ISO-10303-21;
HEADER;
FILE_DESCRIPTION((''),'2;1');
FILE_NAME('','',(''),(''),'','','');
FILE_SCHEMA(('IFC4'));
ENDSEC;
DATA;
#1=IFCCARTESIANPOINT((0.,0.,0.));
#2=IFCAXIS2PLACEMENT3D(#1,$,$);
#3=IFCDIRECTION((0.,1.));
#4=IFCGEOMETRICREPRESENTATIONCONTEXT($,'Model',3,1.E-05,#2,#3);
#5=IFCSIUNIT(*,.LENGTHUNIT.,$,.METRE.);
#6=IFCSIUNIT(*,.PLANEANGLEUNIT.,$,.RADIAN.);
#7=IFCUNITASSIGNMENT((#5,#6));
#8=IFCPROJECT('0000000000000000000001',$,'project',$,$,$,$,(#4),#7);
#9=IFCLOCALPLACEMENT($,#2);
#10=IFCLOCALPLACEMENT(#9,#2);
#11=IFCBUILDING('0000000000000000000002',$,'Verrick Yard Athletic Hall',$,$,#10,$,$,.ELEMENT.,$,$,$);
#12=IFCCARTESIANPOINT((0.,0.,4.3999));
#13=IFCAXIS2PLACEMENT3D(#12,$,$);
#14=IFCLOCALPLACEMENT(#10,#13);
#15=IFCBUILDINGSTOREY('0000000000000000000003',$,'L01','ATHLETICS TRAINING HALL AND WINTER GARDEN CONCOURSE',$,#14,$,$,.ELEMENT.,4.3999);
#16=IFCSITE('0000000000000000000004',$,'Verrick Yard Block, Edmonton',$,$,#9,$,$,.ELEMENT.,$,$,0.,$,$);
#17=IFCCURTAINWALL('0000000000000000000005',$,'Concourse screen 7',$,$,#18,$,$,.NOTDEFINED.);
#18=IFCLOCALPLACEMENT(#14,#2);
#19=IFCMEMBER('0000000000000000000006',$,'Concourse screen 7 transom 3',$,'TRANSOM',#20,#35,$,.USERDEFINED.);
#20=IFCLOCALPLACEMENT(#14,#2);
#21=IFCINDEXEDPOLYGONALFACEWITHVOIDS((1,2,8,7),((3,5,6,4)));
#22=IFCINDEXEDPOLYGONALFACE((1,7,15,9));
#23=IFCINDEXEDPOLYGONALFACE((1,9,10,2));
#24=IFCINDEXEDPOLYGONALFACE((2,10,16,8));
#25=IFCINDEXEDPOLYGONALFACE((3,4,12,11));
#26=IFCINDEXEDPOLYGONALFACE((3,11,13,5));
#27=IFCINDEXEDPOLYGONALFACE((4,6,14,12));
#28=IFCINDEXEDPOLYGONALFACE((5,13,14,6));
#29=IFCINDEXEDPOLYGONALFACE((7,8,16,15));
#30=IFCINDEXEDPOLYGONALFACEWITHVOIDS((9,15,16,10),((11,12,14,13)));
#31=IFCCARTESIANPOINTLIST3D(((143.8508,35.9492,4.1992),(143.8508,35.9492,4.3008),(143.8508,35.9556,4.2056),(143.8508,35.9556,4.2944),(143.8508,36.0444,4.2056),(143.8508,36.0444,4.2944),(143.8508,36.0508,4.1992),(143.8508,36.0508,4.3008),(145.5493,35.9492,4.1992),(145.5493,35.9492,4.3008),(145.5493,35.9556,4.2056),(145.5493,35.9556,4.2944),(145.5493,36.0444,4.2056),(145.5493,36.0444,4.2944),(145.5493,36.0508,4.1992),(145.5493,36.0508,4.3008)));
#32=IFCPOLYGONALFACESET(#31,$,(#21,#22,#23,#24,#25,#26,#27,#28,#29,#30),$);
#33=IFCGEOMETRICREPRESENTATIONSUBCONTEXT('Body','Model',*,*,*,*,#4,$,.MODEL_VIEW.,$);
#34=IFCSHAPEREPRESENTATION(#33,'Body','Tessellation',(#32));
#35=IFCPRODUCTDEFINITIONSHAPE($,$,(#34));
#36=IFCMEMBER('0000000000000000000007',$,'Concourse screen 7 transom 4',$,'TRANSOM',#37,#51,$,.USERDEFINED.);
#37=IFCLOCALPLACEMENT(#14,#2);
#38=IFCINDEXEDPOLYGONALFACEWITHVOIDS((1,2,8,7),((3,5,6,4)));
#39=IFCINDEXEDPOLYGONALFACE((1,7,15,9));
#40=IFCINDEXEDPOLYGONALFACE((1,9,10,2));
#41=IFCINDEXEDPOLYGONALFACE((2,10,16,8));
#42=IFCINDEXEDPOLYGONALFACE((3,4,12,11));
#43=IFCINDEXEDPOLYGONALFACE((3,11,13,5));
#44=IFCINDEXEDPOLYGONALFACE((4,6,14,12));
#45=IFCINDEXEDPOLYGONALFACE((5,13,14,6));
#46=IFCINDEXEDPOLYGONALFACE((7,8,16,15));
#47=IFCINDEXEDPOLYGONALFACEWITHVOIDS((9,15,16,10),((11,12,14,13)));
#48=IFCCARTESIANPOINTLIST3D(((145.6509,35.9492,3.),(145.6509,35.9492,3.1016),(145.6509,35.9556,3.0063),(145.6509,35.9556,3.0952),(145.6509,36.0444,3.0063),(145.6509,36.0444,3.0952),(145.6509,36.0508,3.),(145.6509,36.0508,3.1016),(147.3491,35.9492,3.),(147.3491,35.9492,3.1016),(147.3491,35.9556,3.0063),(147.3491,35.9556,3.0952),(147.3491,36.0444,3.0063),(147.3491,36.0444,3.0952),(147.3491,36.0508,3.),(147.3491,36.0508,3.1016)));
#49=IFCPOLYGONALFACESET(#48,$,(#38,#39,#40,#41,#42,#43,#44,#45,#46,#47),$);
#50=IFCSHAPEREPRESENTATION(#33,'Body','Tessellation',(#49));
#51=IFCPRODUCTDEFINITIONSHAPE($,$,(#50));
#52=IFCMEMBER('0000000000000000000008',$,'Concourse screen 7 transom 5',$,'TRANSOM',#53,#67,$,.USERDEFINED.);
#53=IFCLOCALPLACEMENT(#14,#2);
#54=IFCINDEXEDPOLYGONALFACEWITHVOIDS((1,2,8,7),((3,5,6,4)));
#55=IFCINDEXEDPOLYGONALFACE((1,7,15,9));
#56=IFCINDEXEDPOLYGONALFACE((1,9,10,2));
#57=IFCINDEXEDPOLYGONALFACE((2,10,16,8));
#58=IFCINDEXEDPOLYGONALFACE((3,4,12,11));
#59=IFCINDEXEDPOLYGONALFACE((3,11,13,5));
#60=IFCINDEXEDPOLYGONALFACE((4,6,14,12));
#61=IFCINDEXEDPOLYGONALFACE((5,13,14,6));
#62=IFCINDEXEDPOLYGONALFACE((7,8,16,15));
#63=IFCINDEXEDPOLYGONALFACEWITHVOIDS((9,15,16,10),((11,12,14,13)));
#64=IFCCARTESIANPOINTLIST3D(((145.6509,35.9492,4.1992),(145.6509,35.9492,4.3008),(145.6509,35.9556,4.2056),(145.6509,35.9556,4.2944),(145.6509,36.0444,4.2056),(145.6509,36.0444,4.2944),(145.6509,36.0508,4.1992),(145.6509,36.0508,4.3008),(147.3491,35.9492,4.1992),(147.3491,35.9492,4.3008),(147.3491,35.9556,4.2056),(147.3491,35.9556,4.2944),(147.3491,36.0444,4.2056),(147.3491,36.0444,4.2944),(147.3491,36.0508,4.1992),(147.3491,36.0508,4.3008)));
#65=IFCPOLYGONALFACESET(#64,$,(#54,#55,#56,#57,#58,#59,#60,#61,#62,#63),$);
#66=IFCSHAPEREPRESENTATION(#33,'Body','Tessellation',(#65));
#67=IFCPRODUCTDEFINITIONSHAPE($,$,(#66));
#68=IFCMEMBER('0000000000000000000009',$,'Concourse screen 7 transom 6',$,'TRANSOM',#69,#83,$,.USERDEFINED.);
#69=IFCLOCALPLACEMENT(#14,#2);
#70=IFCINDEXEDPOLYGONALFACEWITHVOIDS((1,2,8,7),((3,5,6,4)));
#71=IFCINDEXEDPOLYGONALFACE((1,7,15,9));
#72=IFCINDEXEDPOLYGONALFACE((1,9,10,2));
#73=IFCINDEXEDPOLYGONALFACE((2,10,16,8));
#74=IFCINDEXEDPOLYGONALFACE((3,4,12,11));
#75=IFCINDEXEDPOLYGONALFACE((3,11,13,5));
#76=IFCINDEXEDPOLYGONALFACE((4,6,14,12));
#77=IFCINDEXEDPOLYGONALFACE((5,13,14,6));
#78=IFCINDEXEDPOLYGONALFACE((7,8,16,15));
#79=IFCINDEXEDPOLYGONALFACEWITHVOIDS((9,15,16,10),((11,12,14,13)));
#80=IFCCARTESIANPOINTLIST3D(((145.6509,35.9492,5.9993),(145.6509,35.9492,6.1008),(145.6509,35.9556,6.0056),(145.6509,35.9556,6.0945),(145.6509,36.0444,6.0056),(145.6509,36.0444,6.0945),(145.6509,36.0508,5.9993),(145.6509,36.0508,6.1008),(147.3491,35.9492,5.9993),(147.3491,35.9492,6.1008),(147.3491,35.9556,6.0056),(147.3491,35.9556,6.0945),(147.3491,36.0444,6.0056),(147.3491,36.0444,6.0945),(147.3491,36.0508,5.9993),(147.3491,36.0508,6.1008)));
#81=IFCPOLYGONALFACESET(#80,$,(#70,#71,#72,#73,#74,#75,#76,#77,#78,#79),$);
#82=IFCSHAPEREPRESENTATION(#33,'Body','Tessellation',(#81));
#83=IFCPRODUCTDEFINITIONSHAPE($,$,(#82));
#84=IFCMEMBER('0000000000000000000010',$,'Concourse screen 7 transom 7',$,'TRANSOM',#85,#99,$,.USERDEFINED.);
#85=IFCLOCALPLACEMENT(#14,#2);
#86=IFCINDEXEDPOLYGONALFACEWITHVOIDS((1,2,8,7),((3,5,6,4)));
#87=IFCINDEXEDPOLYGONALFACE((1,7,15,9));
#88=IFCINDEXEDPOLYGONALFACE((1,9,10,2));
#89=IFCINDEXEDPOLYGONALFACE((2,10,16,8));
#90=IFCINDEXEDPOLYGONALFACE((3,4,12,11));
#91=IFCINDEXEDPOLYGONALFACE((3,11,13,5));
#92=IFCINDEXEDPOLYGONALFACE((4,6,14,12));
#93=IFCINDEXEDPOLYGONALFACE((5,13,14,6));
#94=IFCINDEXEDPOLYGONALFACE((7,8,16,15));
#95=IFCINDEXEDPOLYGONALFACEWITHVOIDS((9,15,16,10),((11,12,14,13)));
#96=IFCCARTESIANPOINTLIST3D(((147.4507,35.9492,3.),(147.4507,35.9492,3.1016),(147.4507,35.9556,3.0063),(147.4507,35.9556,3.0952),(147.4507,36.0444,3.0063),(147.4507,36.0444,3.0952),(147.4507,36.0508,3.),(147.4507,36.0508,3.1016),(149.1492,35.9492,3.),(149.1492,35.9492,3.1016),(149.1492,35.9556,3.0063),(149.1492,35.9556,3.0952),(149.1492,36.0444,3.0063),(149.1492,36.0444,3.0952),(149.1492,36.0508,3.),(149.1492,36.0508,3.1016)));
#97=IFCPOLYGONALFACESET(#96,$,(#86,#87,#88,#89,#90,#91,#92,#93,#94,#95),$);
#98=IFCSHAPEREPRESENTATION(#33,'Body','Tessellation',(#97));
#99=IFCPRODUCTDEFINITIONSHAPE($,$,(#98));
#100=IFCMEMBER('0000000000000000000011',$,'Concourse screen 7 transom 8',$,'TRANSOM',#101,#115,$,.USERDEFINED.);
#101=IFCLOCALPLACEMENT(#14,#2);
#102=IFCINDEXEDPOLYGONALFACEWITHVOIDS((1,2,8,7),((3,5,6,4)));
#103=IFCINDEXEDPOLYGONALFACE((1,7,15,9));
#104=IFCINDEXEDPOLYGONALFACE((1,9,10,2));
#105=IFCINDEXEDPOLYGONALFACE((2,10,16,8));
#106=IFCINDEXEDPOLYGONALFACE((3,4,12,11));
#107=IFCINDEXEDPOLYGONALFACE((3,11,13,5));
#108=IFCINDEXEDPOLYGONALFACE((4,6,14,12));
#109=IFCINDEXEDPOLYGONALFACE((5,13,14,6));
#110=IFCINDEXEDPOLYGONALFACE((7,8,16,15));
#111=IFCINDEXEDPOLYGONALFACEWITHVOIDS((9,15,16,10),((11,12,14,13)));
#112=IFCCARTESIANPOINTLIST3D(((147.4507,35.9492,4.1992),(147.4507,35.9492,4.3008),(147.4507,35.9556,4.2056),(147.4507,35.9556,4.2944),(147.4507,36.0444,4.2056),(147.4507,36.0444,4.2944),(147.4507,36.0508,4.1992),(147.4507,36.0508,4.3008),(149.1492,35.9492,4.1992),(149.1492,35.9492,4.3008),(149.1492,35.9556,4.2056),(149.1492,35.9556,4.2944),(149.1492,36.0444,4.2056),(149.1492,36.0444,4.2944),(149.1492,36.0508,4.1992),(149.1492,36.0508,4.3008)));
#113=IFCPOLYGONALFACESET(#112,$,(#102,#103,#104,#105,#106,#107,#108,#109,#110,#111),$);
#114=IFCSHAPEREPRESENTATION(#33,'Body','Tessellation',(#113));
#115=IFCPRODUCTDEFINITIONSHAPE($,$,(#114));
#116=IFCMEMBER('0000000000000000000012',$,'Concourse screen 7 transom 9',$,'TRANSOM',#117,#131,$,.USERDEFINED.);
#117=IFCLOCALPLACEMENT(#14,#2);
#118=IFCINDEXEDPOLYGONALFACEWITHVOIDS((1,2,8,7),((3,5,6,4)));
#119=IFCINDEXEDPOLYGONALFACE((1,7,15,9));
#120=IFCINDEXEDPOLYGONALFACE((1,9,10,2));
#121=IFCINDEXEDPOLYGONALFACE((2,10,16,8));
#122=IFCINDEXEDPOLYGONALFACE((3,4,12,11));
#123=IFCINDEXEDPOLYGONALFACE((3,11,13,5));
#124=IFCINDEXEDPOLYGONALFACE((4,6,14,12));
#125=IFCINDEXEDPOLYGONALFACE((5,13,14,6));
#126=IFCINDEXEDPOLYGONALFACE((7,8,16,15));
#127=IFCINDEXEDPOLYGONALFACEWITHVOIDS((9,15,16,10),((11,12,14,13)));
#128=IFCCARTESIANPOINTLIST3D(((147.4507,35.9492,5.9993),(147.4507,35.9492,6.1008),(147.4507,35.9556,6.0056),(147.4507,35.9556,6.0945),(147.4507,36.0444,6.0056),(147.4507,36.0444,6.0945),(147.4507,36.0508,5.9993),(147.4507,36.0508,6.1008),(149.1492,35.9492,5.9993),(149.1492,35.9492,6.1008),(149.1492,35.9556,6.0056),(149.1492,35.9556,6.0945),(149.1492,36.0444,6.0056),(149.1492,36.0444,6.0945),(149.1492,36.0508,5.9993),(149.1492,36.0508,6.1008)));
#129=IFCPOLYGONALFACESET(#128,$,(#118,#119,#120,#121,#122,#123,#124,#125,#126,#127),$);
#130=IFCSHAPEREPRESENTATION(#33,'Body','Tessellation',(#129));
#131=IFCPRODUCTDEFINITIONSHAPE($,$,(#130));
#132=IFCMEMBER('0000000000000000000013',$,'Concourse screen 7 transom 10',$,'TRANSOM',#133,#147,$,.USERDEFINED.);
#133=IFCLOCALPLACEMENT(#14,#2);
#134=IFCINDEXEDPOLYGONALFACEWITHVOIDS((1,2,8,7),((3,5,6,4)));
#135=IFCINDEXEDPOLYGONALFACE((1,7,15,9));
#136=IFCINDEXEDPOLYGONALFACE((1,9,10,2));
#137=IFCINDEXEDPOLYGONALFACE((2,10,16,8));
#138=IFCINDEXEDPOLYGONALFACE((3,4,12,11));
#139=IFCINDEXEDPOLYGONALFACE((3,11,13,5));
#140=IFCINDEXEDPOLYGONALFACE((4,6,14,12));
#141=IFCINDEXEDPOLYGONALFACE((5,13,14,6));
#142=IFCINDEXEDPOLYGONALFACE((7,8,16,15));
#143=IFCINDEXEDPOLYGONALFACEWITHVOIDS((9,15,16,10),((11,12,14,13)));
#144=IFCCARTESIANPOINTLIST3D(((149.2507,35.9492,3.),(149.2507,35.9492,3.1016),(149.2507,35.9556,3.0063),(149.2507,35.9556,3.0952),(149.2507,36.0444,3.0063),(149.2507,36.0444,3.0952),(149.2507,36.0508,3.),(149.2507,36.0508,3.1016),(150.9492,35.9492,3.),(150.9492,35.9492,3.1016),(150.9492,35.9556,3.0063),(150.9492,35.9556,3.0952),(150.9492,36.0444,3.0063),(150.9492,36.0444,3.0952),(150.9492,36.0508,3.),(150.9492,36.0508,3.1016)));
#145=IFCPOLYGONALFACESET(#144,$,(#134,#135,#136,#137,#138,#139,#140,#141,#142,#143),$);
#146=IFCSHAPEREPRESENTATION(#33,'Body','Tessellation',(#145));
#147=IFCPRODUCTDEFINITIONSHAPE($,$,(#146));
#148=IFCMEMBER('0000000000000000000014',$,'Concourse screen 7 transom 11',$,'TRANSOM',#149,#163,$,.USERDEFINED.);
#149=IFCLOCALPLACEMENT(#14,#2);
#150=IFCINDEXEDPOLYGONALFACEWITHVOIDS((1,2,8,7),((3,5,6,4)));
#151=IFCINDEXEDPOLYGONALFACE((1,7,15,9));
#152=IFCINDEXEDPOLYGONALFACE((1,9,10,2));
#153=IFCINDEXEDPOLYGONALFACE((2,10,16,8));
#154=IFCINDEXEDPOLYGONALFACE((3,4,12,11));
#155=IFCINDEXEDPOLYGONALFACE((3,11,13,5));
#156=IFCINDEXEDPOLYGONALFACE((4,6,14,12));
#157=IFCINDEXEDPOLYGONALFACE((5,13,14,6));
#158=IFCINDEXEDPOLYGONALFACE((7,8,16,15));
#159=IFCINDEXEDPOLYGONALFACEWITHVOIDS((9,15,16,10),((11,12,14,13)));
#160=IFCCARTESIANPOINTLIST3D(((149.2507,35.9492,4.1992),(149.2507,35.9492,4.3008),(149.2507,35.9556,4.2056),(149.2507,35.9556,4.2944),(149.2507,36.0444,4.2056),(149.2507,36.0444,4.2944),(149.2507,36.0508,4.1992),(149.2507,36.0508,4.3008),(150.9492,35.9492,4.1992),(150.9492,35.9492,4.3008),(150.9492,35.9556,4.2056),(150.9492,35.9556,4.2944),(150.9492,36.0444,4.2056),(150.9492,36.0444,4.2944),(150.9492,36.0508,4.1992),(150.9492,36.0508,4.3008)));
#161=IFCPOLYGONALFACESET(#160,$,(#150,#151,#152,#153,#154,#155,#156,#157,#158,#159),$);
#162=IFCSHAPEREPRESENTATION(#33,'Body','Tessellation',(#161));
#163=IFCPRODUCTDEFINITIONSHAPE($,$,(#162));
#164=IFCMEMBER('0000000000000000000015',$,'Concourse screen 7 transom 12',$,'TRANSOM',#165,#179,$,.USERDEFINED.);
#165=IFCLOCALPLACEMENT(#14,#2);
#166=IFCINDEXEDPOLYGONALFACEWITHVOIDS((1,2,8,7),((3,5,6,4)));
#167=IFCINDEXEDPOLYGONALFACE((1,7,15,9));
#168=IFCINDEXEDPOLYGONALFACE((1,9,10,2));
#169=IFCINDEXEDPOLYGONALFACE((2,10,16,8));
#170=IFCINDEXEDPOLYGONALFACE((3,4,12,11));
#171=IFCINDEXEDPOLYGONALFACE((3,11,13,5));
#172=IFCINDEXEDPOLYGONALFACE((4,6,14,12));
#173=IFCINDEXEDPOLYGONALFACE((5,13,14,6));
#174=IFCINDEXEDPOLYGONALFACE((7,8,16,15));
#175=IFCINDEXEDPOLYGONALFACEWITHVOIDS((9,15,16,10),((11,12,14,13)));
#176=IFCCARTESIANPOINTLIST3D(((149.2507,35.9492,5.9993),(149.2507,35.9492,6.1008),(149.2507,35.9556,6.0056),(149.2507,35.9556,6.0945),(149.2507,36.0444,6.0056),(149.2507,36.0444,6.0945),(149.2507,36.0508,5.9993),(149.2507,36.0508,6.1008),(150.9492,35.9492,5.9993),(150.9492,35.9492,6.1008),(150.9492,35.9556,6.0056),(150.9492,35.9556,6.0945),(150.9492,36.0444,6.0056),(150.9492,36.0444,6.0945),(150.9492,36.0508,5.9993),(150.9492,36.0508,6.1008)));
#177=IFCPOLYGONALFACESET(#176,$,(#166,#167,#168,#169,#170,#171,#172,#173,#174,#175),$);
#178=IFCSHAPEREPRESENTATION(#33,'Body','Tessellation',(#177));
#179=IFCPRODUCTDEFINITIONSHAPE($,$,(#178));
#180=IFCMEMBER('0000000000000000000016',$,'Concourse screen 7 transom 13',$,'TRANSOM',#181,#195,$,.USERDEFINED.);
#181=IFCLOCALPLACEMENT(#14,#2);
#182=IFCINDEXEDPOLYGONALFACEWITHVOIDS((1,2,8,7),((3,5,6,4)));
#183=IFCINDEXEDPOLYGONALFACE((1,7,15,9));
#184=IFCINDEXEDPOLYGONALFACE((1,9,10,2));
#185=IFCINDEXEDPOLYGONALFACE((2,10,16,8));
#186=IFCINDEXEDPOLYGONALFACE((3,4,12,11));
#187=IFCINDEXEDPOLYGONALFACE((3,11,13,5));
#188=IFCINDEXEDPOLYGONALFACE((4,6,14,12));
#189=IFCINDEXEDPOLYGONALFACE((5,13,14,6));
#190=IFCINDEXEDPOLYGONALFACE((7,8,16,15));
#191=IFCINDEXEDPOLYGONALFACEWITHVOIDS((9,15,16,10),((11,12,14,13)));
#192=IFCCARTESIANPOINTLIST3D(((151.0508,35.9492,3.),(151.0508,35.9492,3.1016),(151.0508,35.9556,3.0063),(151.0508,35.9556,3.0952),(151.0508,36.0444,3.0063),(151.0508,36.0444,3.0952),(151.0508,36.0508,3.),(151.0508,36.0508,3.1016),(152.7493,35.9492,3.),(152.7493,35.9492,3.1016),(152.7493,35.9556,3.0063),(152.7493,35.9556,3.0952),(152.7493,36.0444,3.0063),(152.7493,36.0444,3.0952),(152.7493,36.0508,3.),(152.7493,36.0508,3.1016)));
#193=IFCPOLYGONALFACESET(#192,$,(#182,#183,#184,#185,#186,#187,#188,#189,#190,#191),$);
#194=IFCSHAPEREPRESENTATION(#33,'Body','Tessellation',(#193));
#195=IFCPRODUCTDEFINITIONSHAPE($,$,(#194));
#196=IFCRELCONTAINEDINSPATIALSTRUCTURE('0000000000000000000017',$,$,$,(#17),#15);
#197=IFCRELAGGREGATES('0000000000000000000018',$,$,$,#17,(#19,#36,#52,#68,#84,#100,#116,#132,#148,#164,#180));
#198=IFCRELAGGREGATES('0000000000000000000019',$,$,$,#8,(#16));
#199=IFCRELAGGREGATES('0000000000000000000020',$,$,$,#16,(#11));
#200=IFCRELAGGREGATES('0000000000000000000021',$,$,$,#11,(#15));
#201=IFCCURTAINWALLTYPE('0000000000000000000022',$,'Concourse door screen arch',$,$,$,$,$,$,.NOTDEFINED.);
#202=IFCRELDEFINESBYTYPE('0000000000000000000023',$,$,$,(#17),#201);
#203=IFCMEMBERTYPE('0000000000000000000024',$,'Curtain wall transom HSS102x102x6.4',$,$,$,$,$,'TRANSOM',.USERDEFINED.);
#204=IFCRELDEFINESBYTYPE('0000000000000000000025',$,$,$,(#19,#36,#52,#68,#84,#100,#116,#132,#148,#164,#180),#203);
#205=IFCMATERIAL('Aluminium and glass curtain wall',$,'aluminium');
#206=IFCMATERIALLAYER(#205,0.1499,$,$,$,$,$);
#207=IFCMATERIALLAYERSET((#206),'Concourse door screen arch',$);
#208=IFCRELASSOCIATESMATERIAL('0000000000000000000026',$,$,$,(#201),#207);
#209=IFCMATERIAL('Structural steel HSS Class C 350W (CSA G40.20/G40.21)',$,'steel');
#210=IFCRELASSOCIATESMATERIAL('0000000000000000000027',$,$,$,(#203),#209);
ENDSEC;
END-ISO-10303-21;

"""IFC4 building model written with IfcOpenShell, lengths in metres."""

from ifc_helpers import new_model, si_unit, direction, frame, origin, origin_2d, place, context, subcontext, project, spatial, hollow_rectangle, extrude, material, layer, layer_set, material_profile, profile_set, type_object, element, aggregate, save


model = new_model("IFC4")

# Units and contexts
model_context = context("Model", 3, precision=1e-05, world=origin(), true_north=direction((0.0, 1.0)))
body_context = subcontext(model_context, "Body", "Model", "MODEL_VIEW")
ifc_project = project(units=[si_unit("LENGTHUNIT", "METRE"), si_unit("PLANEANGLEUNIT", "RADIAN")], contexts=[model_context])

# Site, building, storey
site_placement = place(None, origin())
site = spatial("IfcSite", under=ifc_project, at=site_placement, Name="Verrick Yard Block, Edmonton", CompositionType="ELEMENT", RefElevation=0.0)
building_placement = place(site_placement, origin())
building = spatial("IfcBuilding", under=site, at=building_placement, Name="Verrick Yard Athletic Hall", CompositionType="ELEMENT")
storey_placement = place(building_placement, frame((0.0, 0.0, 4.3999)))
storey = spatial("IfcBuildingStorey", under=building, at=storey_placement, Name="L01", Description="ATHLETICS TRAINING HALL AND WINTER GARDEN CONCOURSE", CompositionType="ELEMENT", Elevation=4.3999)

# Curtain wall
ifc_material_1 = material(Name="Aluminium and glass curtain wall", Category="aluminium")
ifc_layer_1 = layer(ifc_material_1, 0.1499)
ifc_layer_set_1 = layer_set([ifc_layer_1], Name="Concourse door screen arch")
curtain_wall_type_1 = type_object("IfcCurtainWallType", Name="Concourse door screen arch", PredefinedType="NOTDEFINED", material=ifc_layer_set_1)
curtain_wall_1_placement = place(storey_placement, origin())
curtain_wall_1 = element("IfcCurtainWall", 1, at=curtain_wall_1_placement, inside=storey, type_object=curtain_wall_type_1, Name="Concourse screen 7", PredefinedType="NOTDEFINED")
ifc_material_2 = material(Name="Structural steel HSS Class C 350W (CSA G40.20/G40.21)", Category="steel")

# Members
ifc_material_profile_1 = material_profile(ifc_material_2, hollow_rectangle(XDim=0.1016, YDim=0.1016, WallThickness=0.0063, at=origin_2d()), Name="HSS102x102x6.4")
ifc_profile_set_1 = profile_set([ifc_material_profile_1], Name="Structural steel HSS Class C 350W (CSA G40.20/G40.21)")
member_type_1 = type_object("IfcMemberType", Name="Curtain wall transom HSS102x102x6.4", ElementType="TRANSOM", PredefinedType="USERDEFINED", material=ifc_profile_set_1)
member_1_placement = place(storey_placement, frame((143.8508, 36.0, 4.25), z_axis=(1.0, 0.0, 0.0), x_axis=(0.0, 1.0, 0.0)))
member_1 = element("IfcMember", 2, at=member_1_placement, type_object=member_type_1, Name="Concourse screen 7 transom 3", ObjectType="TRANSOM", PredefinedType="USERDEFINED", context=body_context, shape_type="SweptSolid", body=[
    extrude(hollow_rectangle(XDim=0.1016, YDim=0.1016, WallThickness=0.0063, at=origin_2d()), origin(), (0.0, 0.0, 1.0), 1.6985),
])
member_2_placement = place(storey_placement, frame((145.6509, 36.0, 3.0508), z_axis=(1.0, 0.0, 0.0), x_axis=(0.0, 1.0, 0.0)))
member_2 = element("IfcMember", 3, at=member_2_placement, type_object=member_type_1, Name="Concourse screen 7 transom 4", ObjectType="TRANSOM", PredefinedType="USERDEFINED", context=body_context, shape_type="SweptSolid", body=[
    extrude(hollow_rectangle(XDim=0.1016, YDim=0.1016, WallThickness=0.0063, at=origin_2d()), origin(), (0.0, 0.0, 1.0), 1.6982),
])
member_3_placement = place(storey_placement, frame((145.6509, 36.0, 4.25), z_axis=(1.0, 0.0, 0.0), x_axis=(0.0, 1.0, 0.0)))
member_3 = element("IfcMember", 4, at=member_3_placement, type_object=member_type_1, Name="Concourse screen 7 transom 5", ObjectType="TRANSOM", PredefinedType="USERDEFINED", context=body_context, shape_type="SweptSolid", body=[
    extrude(hollow_rectangle(XDim=0.1016, YDim=0.1016, WallThickness=0.0063, at=origin_2d()), origin(), (0.0, 0.0, 1.0), 1.6982),
])
member_4_placement = place(storey_placement, frame((145.6509, 36.0, 6.05), z_axis=(1.0, 0.0, 0.0), x_axis=(0.0, 1.0, 0.0)))
member_4 = element("IfcMember", 5, at=member_4_placement, type_object=member_type_1, Name="Concourse screen 7 transom 6", ObjectType="TRANSOM", PredefinedType="USERDEFINED", context=body_context, shape_type="SweptSolid", body=[
    extrude(hollow_rectangle(XDim=0.1016, YDim=0.1016, WallThickness=0.0063, at=origin_2d()), origin(), (0.0, 0.0, 1.0), 1.6982),
])
member_5_placement = place(storey_placement, frame((147.4507, 36.0, 3.0508), z_axis=(1.0, 0.0, 0.0), x_axis=(0.0, 1.0, 0.0)))
member_5 = element("IfcMember", 6, at=member_5_placement, type_object=member_type_1, Name="Concourse screen 7 transom 7", ObjectType="TRANSOM", PredefinedType="USERDEFINED", context=body_context, shape_type="SweptSolid", body=[
    extrude(hollow_rectangle(XDim=0.1016, YDim=0.1016, WallThickness=0.0063, at=origin_2d()), origin(), (0.0, 0.0, 1.0), 1.6985),
])
member_6_placement = place(storey_placement, frame((147.4507, 36.0, 4.25), z_axis=(1.0, 0.0, 0.0), x_axis=(0.0, 1.0, 0.0)))
member_6 = element("IfcMember", 7, at=member_6_placement, type_object=member_type_1, Name="Concourse screen 7 transom 8", ObjectType="TRANSOM", PredefinedType="USERDEFINED", context=body_context, shape_type="SweptSolid", body=[
    extrude(hollow_rectangle(XDim=0.1016, YDim=0.1016, WallThickness=0.0063, at=origin_2d()), origin(), (0.0, 0.0, 1.0), 1.6985),
])
member_7_placement = place(storey_placement, frame((147.4507, 36.0, 6.05), z_axis=(1.0, 0.0, 0.0), x_axis=(0.0, 1.0, 0.0)))
member_7 = element("IfcMember", 8, at=member_7_placement, type_object=member_type_1, Name="Concourse screen 7 transom 9", ObjectType="TRANSOM", PredefinedType="USERDEFINED", context=body_context, shape_type="SweptSolid", body=[
    extrude(hollow_rectangle(XDim=0.1016, YDim=0.1016, WallThickness=0.0063, at=origin_2d()), origin(), (0.0, 0.0, 1.0), 1.6985),
])
member_8_placement = place(storey_placement, frame((149.2507, 36.0, 3.0508), z_axis=(1.0, 0.0, 0.0), x_axis=(0.0, 1.0, 0.0)))
member_8 = element("IfcMember", 9, at=member_8_placement, type_object=member_type_1, Name="Concourse screen 7 transom 10", ObjectType="TRANSOM", PredefinedType="USERDEFINED", context=body_context, shape_type="SweptSolid", body=[
    extrude(hollow_rectangle(XDim=0.1016, YDim=0.1016, WallThickness=0.0063, at=origin_2d()), origin(), (0.0, 0.0, 1.0), 1.6985),
])
member_9_placement = place(storey_placement, frame((149.2507, 36.0, 4.25), z_axis=(1.0, 0.0, 0.0), x_axis=(0.0, 1.0, 0.0)))
member_9 = element("IfcMember", 10, at=member_9_placement, type_object=member_type_1, Name="Concourse screen 7 transom 11", ObjectType="TRANSOM", PredefinedType="USERDEFINED", context=body_context, shape_type="SweptSolid", body=[
    extrude(hollow_rectangle(XDim=0.1016, YDim=0.1016, WallThickness=0.0063, at=origin_2d()), origin(), (0.0, 0.0, 1.0), 1.6985),
])
member_10_placement = place(storey_placement, frame((149.2507, 36.0, 6.05), z_axis=(1.0, 0.0, 0.0), x_axis=(0.0, 1.0, 0.0)))
member_10 = element("IfcMember", 11, at=member_10_placement, type_object=member_type_1, Name="Concourse screen 7 transom 12", ObjectType="TRANSOM", PredefinedType="USERDEFINED", context=body_context, shape_type="SweptSolid", body=[
    extrude(hollow_rectangle(XDim=0.1016, YDim=0.1016, WallThickness=0.0063, at=origin_2d()), origin(), (0.0, 0.0, 1.0), 1.6985),
])
member_11_placement = place(storey_placement, frame((151.0508, 36.0, 3.0508), z_axis=(1.0, 0.0, 0.0), x_axis=(0.0, 1.0, 0.0)))
member_11 = element("IfcMember", 12, at=member_11_placement, type_object=member_type_1, Name="Concourse screen 7 transom 13", ObjectType="TRANSOM", PredefinedType="USERDEFINED", context=body_context, shape_type="SweptSolid", body=[
    extrude(hollow_rectangle(XDim=0.1016, YDim=0.1016, WallThickness=0.0063, at=origin_2d()), origin(), (0.0, 0.0, 1.0), 1.6985),
])
aggregate(curtain_wall_1, [member_1, member_2, member_3, member_4, member_5, member_6, member_7, member_8, member_9, member_10, member_11])

save(model, "model.ifc")
